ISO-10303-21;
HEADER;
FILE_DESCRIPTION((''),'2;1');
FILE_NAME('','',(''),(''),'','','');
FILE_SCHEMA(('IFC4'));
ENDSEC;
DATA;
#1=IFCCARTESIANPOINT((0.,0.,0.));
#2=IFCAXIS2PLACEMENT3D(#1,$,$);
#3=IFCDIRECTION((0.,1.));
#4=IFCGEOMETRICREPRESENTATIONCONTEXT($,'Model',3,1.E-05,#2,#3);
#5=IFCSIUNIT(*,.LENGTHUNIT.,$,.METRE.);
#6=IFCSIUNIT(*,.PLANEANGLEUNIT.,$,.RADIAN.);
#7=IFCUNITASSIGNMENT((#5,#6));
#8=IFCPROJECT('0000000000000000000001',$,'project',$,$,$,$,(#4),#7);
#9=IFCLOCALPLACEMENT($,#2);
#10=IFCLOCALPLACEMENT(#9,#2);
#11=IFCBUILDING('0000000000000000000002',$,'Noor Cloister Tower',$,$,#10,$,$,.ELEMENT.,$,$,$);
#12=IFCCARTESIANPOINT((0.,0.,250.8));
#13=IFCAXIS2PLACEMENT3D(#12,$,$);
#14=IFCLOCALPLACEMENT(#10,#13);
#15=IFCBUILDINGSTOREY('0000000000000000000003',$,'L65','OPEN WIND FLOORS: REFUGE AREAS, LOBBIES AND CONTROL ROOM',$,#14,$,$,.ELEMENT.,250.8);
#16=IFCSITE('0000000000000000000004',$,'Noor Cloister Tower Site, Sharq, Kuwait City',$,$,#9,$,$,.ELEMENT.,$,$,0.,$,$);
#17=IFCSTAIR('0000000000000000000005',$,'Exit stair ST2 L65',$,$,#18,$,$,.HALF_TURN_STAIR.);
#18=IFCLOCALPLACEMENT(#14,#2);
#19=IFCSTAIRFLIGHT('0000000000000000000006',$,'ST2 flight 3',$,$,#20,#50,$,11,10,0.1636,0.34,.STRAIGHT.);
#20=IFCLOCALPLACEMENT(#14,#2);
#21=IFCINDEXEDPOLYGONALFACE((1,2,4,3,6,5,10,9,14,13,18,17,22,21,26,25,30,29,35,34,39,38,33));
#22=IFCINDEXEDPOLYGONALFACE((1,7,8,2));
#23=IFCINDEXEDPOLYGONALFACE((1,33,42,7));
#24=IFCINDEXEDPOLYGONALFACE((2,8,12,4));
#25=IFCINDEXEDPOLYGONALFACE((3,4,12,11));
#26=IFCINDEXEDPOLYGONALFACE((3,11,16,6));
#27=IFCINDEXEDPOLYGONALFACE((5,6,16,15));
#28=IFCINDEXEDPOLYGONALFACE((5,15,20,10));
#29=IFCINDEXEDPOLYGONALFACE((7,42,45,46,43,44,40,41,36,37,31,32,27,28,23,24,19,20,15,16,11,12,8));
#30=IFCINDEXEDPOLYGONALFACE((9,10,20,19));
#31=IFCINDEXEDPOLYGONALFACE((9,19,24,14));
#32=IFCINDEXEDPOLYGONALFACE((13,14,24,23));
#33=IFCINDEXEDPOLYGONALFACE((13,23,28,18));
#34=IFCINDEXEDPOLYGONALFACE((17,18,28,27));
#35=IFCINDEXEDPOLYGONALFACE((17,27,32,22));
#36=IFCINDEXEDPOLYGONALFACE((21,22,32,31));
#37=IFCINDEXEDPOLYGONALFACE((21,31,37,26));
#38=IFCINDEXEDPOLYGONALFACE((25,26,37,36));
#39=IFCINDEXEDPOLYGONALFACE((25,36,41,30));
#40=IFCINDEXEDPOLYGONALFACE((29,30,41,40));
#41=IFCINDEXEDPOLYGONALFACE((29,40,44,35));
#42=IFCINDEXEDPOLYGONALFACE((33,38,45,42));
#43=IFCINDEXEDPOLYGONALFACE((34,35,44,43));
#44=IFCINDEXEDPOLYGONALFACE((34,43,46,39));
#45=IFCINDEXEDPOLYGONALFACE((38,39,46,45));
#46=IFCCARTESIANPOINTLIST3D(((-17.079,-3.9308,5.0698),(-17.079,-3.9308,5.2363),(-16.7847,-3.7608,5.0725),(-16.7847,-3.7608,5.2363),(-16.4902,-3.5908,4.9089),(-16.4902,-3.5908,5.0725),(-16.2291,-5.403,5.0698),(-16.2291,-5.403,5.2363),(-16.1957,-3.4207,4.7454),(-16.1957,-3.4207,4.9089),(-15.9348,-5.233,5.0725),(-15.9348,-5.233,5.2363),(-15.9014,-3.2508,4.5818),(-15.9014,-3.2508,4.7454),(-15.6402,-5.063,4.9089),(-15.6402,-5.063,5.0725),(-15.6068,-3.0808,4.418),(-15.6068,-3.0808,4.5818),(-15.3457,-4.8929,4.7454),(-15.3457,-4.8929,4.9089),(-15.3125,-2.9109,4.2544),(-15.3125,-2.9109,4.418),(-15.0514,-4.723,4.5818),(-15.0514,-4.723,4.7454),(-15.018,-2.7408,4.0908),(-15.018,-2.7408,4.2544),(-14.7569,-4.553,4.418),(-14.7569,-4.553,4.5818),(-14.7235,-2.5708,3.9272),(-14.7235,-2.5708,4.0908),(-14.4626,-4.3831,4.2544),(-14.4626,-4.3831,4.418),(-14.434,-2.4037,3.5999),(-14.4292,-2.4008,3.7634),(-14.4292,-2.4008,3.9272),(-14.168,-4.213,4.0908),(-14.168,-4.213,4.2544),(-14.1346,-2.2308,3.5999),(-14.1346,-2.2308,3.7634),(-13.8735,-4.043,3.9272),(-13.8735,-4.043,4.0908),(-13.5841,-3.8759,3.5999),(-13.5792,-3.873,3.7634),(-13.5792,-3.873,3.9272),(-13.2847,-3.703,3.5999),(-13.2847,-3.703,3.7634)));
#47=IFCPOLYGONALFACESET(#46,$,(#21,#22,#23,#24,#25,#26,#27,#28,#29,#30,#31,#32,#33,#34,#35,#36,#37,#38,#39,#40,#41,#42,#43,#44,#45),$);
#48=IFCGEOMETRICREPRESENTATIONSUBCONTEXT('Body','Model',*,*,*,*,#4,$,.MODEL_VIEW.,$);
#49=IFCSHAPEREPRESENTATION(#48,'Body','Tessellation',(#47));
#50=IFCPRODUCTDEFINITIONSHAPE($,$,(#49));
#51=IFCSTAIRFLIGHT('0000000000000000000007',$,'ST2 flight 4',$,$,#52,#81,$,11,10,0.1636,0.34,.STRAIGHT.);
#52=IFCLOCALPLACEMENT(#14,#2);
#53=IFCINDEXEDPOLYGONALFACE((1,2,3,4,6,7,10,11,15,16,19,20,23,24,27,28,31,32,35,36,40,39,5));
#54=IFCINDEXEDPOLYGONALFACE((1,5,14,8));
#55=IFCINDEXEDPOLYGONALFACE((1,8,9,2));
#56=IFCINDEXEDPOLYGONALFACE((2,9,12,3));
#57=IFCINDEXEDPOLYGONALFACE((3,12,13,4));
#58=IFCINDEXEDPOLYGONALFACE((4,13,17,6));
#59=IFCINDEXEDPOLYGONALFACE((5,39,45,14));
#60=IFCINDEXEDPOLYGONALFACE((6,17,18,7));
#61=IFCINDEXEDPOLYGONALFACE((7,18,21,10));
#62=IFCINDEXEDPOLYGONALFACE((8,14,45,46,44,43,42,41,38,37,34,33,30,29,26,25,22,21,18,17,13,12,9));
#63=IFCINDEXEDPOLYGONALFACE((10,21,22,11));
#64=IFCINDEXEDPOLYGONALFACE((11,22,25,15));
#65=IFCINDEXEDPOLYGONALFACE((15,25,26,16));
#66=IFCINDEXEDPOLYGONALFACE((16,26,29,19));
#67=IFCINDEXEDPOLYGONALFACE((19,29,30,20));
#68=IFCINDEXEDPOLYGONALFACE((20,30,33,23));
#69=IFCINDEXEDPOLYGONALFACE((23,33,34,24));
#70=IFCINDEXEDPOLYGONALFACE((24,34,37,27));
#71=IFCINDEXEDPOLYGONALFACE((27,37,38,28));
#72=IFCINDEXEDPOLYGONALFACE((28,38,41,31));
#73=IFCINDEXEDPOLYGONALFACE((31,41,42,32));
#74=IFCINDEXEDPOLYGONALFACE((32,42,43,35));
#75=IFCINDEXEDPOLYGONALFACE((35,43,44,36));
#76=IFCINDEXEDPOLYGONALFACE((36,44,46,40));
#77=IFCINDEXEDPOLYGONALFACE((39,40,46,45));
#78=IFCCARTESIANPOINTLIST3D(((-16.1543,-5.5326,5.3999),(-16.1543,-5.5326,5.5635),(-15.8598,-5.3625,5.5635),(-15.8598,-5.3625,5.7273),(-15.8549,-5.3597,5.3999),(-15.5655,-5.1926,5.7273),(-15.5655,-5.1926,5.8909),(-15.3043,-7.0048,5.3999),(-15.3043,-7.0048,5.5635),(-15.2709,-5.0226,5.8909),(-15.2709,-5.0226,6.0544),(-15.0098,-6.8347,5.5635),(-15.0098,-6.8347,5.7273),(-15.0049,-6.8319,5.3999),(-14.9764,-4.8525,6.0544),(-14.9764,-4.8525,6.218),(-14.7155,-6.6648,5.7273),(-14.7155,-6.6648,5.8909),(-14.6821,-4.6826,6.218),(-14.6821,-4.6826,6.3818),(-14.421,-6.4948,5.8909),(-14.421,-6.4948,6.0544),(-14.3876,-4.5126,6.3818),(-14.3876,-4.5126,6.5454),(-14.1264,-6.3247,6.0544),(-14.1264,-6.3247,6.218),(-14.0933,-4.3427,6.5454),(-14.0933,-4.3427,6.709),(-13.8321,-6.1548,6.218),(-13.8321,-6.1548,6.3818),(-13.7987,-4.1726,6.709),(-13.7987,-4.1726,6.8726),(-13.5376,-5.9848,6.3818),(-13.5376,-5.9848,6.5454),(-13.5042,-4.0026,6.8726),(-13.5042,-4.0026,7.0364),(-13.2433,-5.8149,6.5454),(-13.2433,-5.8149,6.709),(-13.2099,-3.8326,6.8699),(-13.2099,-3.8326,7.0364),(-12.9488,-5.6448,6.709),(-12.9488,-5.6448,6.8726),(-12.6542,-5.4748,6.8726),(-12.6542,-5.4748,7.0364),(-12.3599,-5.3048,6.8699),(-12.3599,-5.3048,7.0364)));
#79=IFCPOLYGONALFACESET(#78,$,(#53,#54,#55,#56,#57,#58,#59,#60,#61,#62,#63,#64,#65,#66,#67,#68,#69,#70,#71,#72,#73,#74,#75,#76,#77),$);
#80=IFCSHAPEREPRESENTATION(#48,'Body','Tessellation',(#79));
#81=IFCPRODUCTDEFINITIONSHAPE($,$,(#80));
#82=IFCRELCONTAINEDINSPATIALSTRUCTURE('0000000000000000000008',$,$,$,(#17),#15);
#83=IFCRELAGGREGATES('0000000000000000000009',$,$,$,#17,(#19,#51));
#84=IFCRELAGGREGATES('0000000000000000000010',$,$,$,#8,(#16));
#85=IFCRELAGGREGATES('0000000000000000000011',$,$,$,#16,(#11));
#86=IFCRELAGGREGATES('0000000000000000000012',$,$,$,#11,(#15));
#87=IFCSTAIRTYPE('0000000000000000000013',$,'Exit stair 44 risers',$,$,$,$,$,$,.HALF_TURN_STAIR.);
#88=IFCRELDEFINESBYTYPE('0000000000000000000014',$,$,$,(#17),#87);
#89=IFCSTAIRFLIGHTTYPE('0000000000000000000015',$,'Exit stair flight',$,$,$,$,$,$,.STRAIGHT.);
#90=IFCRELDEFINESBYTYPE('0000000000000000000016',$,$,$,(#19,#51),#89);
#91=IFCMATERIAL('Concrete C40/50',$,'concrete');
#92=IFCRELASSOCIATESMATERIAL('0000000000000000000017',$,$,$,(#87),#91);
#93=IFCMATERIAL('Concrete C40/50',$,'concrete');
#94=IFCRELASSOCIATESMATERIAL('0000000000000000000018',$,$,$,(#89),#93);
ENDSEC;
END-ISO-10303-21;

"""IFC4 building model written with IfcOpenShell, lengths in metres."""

from ifc_helpers import new_model, si_unit, direction, frame, origin, place, context, subcontext, project, spatial, polyline, outline, extrude, material, type_object, element, aggregate, save


model = new_model("IFC4")

# Units and contexts
model_context = context("Model", 3, precision=1e-05, world=origin(), true_north=direction((0.0, 1.0)))
body_context = subcontext(model_context, "Body", "Model", "MODEL_VIEW")
ifc_project = project(units=[si_unit("LENGTHUNIT", "METRE"), si_unit("PLANEANGLEUNIT", "RADIAN")], contexts=[model_context])

# Site, building, storey
site_placement = place(None, origin())
site = spatial("IfcSite", under=ifc_project, at=site_placement, Name="Noor Cloister Tower Site, Sharq, Kuwait City", CompositionType="ELEMENT", RefElevation=0.0)
building_placement = place(site_placement, origin())
building = spatial("IfcBuilding", under=site, at=building_placement, Name="Noor Cloister Tower", CompositionType="ELEMENT")
storey_placement = place(building_placement, frame((0.0, 0.0, 250.8)))
storey = spatial("IfcBuildingStorey", under=building, at=storey_placement, Name="L65", Description="OPEN WIND FLOORS: REFUGE AREAS, LOBBIES AND CONTROL ROOM", CompositionType="ELEMENT", Elevation=250.8)

# Stair, stair flights
ifc_material_1 = material(Name="Concrete C40/50", Category="concrete")
stair_type = type_object("IfcStairType", Name="Exit stair 44 risers", PredefinedType="HALF_TURN_STAIR", material=ifc_material_1)
stair_placement = place(storey_placement, origin())
stair = element("IfcStair", 1, at=stair_placement, inside=storey, type_object=stair_type, Name="Exit stair ST2 L65", PredefinedType="HALF_TURN_STAIR")
ifc_material_2 = material(Name="Concrete C40/50", Category="concrete")
stair_flight_type = type_object("IfcStairFlightType", Name="Exit stair flight", PredefinedType="STRAIGHT", material=ifc_material_2)
stair_flight_1_placement = place(storey_placement, frame((-13.7097, -2.9668, 3.5999), z_axis=(0.0, 0.0, 1.0), x_axis=(-0.866025, -0.5, 0.0)))
stair_flight_1 = element("IfcStairFlight", 2, at=stair_flight_1_placement, type_object=stair_flight_type, Name="ST2 flight 3", NumberOfRisers=11, NumberOfTreads=10, PredefinedType="STRAIGHT", RiserHeight=0.1636, TreadLength=0.34, context=body_context, shape_type="SweptSolid", body=[
    extrude(outline(polyline([(0.0, 0.0), (0.0, 0.1636), (0.3401, 0.1636), (0.3401, 0.3274), (0.6799, 0.3274), (0.6799, 0.491), (1.02, 0.491), (1.02, 0.6545), (1.3601, 0.6545), (1.3601, 0.8181), (1.7, 0.8181), (1.7, 0.9819), (2.04, 0.9819), (2.04, 1.1455), (2.3799, 1.1455), (2.3799, 1.3091), (2.72, 1.3091), (2.72, 1.4727), (3.0601, 1.4727), (3.0601, 1.6365), (3.3999, 1.6365), (3.3999, 1.8), (3.3999, 1.47), (0.3457, 0.0), (0.0, 0.0)])), frame((0.0, 0.8501, 0.0), z_axis=(0.0, -1.0, 0.0), x_axis=(1.0, 0.0, 0.0)), (0.0, 0.0, 1.0), 1.7),
])
stair_flight_2_placement = place(storey_placement, frame((-15.7292, -6.2688, 5.3999), z_axis=(0.0, 0.0, 1.0), x_axis=(0.866025, 0.5, 0.0)))
stair_flight_2 = element("IfcStairFlight", 3, at=stair_flight_2_placement, type_object=stair_flight_type, Name="ST2 flight 4", NumberOfRisers=11, NumberOfTreads=10, PredefinedType="STRAIGHT", RiserHeight=0.1636, TreadLength=0.34, context=body_context, shape_type="SweptSolid", body=[
    extrude(outline(polyline([(0.0, 0.0), (0.0, 0.1636), (0.3401, 0.1636), (0.3401, 0.3274), (0.6799, 0.3274), (0.6799, 0.491), (1.02, 0.491), (1.02, 0.6545), (1.3601, 0.6545), (1.3601, 0.8181), (1.7, 0.8181), (1.7, 0.9819), (2.04, 0.9819), (2.04, 1.1455), (2.3799, 1.1455), (2.3799, 1.3091), (2.72, 1.3091), (2.72, 1.4727), (3.0601, 1.4727), (3.0601, 1.6365), (3.3999, 1.6365), (3.3999, 1.8), (3.3999, 1.47), (0.3457, 0.0), (0.0, 0.0)])), frame((0.0, 0.8501, 0.0), z_axis=(0.0, -1.0, 0.0), x_axis=(1.0, 0.0, 0.0)), (0.0, 0.0, 1.0), 1.7),
])
aggregate(stair, [stair_flight_1, stair_flight_2])

save(model, "model.ifc")
